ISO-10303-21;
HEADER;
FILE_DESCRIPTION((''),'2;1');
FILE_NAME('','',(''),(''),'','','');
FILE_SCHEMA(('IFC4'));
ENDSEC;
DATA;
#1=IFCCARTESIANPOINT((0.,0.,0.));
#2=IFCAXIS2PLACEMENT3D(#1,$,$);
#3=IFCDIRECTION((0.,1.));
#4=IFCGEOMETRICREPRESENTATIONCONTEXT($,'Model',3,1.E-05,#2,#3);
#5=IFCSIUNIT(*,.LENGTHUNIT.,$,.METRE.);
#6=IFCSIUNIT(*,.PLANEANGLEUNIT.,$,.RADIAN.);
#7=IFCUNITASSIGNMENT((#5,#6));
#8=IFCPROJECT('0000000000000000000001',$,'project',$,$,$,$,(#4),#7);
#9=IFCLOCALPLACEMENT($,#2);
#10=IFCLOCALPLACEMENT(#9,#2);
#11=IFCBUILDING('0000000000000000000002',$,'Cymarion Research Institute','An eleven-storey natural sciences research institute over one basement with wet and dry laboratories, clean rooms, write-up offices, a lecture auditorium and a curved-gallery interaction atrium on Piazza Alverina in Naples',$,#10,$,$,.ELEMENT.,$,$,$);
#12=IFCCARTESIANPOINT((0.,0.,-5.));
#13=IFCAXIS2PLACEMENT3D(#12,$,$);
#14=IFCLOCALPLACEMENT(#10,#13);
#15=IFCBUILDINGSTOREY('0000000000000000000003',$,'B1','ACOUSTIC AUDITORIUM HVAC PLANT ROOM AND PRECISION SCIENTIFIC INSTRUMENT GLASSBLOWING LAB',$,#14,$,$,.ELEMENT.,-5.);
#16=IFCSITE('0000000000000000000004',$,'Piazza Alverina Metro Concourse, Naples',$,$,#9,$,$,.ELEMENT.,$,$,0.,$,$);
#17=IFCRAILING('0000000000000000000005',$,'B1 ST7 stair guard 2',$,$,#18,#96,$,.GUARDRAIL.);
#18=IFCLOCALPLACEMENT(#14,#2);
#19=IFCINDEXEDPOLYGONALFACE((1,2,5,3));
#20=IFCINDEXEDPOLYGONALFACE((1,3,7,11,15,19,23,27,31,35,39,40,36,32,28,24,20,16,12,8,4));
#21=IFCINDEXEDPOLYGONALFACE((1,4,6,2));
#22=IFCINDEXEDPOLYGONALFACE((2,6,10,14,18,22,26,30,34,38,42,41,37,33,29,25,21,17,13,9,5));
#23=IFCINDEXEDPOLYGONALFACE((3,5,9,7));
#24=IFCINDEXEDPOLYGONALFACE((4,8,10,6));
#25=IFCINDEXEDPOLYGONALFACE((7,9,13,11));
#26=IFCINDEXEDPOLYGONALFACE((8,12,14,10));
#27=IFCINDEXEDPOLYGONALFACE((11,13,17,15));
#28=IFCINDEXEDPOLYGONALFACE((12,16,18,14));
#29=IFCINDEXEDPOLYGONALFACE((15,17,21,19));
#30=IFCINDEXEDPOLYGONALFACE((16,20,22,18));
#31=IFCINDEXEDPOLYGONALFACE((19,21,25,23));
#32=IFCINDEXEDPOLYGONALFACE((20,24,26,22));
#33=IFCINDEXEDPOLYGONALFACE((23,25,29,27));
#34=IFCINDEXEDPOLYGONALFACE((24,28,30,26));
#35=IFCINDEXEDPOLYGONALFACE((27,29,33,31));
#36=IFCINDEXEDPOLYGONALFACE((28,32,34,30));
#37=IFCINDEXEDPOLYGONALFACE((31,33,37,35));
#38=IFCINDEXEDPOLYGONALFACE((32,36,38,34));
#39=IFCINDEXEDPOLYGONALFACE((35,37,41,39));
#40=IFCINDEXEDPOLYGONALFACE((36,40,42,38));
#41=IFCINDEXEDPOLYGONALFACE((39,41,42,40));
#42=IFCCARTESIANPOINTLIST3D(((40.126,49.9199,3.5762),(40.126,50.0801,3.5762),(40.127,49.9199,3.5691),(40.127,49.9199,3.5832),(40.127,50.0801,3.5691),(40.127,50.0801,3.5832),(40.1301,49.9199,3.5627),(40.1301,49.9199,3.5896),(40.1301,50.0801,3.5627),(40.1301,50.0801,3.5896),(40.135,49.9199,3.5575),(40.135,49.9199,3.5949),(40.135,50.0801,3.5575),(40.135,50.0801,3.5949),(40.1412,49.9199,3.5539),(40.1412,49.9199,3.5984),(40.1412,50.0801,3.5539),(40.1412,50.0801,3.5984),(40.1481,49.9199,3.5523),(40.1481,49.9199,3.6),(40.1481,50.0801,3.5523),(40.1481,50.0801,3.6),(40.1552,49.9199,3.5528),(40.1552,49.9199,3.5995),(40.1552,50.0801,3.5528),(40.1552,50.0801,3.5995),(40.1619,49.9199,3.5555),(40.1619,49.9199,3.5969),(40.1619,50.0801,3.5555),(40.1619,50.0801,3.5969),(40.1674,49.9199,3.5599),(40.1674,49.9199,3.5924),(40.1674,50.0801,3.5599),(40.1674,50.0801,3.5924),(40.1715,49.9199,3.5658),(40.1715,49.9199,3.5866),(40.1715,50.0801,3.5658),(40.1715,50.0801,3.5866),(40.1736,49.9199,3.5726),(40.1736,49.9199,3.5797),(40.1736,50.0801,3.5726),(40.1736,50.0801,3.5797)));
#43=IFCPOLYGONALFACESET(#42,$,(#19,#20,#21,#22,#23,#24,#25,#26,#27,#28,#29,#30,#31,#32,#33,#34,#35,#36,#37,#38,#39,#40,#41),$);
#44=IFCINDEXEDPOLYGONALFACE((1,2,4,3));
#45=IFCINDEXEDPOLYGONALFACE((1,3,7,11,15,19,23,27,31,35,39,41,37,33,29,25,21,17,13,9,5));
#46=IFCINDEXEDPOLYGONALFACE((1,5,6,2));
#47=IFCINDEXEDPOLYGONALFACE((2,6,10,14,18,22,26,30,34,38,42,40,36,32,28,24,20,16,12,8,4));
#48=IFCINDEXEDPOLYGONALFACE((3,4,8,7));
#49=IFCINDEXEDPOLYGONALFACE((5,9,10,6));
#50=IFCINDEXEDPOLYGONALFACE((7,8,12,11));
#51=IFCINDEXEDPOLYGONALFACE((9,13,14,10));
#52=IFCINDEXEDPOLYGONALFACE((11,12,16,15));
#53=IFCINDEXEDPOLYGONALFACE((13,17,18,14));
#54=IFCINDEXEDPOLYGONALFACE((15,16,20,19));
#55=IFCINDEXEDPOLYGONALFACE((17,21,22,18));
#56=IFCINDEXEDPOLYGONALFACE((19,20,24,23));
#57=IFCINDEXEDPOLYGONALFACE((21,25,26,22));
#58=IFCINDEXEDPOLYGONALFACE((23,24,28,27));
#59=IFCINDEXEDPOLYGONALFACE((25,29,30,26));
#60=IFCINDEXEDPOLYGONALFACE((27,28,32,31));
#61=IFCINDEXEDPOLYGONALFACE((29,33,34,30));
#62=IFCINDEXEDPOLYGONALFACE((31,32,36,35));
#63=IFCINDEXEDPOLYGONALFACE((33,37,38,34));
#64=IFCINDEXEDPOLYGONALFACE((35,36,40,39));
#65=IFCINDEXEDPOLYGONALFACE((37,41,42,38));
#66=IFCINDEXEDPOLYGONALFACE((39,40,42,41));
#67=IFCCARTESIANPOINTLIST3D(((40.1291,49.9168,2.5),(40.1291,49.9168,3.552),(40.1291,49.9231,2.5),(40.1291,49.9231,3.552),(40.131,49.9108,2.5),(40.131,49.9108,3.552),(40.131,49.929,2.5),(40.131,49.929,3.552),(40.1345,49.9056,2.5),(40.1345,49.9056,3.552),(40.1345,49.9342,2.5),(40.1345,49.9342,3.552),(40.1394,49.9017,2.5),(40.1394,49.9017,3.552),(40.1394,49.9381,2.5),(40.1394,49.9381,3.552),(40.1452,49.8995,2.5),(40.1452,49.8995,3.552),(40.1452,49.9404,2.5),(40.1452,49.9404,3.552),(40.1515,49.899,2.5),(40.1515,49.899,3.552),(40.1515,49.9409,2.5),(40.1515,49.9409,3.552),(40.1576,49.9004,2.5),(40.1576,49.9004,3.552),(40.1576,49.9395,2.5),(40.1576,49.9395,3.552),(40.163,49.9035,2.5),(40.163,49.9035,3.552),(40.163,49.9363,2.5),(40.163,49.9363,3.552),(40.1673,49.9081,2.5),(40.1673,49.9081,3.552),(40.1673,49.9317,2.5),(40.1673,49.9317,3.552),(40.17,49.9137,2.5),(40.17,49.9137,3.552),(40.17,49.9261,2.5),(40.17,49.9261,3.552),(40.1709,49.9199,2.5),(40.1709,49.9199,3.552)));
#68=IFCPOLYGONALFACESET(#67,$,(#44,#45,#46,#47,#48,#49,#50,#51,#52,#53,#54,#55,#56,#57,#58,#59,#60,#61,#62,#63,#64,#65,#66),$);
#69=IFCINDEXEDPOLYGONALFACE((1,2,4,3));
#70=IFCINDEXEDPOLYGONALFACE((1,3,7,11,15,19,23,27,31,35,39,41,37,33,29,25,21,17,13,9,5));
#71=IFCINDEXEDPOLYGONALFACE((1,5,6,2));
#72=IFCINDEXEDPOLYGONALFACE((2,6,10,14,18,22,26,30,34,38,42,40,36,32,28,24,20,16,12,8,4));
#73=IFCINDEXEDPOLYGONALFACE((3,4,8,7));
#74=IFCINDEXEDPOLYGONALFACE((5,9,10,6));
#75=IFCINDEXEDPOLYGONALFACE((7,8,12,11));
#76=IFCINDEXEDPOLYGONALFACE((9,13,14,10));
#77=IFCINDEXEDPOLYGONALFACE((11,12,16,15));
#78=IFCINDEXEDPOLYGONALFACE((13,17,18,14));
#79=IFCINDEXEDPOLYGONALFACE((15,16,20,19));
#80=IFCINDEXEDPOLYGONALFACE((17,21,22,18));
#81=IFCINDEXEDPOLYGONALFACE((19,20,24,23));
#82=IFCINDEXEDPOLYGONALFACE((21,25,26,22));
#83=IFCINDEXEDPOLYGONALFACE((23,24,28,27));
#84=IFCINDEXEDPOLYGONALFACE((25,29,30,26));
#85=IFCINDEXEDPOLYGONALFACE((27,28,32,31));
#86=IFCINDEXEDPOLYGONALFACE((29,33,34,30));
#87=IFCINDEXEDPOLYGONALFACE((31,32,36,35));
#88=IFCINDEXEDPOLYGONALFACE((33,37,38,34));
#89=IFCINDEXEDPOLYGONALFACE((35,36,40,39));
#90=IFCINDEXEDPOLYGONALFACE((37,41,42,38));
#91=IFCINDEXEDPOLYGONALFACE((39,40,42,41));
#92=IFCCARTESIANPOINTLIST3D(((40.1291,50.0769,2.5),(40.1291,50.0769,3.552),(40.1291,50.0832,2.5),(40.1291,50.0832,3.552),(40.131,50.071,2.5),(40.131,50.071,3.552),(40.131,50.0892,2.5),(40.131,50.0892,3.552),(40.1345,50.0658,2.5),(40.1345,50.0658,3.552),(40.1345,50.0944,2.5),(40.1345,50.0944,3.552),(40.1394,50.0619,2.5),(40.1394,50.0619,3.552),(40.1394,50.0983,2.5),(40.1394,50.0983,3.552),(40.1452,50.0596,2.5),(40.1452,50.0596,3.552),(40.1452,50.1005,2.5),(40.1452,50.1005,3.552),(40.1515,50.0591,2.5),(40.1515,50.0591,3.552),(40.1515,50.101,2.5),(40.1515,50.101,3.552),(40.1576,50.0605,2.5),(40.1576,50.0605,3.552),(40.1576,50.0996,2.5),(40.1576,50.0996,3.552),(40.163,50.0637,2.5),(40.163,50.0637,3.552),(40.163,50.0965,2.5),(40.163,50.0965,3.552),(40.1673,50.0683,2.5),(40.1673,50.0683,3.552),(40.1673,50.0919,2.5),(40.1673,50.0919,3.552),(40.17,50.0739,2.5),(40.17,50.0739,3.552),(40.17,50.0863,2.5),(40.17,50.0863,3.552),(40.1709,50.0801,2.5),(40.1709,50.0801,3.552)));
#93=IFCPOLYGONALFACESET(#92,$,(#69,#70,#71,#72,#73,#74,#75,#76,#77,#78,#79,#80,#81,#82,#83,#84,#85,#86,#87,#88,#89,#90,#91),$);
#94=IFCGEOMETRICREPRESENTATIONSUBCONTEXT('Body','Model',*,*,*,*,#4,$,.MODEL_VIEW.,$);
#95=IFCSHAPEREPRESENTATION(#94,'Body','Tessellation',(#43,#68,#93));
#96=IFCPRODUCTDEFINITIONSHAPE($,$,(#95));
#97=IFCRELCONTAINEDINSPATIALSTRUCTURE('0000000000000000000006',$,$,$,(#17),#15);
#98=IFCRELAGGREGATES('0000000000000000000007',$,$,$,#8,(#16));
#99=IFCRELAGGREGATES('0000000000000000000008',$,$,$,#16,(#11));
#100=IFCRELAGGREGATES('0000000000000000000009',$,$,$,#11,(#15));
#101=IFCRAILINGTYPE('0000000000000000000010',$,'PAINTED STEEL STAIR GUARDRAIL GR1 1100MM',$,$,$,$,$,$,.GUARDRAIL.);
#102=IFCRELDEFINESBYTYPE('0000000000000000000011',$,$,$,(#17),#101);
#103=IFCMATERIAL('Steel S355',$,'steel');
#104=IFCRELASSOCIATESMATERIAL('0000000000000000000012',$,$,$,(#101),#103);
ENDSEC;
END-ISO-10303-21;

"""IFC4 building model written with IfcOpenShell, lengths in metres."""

from ifc_helpers import new_model, si_unit, direction, frame, origin, origin_2d, place, context, subcontext, project, spatial, circle, extrude, material, type_object, element, save


model = new_model("IFC4")

# Units and contexts
model_context = context("Model", 3, precision=1e-05, world=origin(), true_north=direction((0.0, 1.0)))
body_context = subcontext(model_context, "Body", "Model", "MODEL_VIEW")
ifc_project = project(units=[si_unit("LENGTHUNIT", "METRE"), si_unit("PLANEANGLEUNIT", "RADIAN")], contexts=[model_context])

# Site, building, storey
site_placement = place(None, origin())
site = spatial("IfcSite", under=ifc_project, at=site_placement, Name="Piazza Alverina Metro Concourse, Naples", CompositionType="ELEMENT", RefElevation=0.0)
building_placement = place(site_placement, origin())
building = spatial("IfcBuilding", under=site, at=building_placement, Name="Cymarion Research Institute", Description="An eleven-storey natural sciences research institute over one basement with wet and dry laboratories, clean rooms, write-up offices, a lecture auditorium and a curved-gallery interaction atrium on Piazza Alverina in Naples", CompositionType="ELEMENT")
storey_placement = place(building_placement, frame((0.0, 0.0, -5.0)))
storey = spatial("IfcBuildingStorey", under=building, at=storey_placement, Name="B1", Description="ACOUSTIC AUDITORIUM HVAC PLANT ROOM AND PRECISION SCIENTIFIC INSTRUMENT GLASSBLOWING LAB", CompositionType="ELEMENT", Elevation=-5.0)

# Railing
ifc_material_1 = material(Name="Steel S355", Category="steel")
railing_type_1 = type_object("IfcRailingType", Name="PAINTED STEEL STAIR GUARDRAIL GR1 1100MM", PredefinedType="GUARDRAIL", material=ifc_material_1)
railing_1_placement = place(storey_placement, frame((40.1499, 49.9199, 2.5)))
element("IfcRailing", 1, at=railing_1_placement, inside=storey, type_object=railing_type_1, Name="B1 ST7 stair guard 2", PredefinedType="GUARDRAIL", context=body_context, shape_type="SweptSolid", body=[
    extrude(circle(Radius=0.0239, at=origin_2d()), frame((0.0, 0.0, 1.0762), z_axis=(0.0, 1.0, 0.0), x_axis=(-1.0, 0.0, 0.0)), (0.0, 0.0, 1.0), 0.1602),
    extrude(circle(Radius=0.021, at=origin_2d()), origin(), (0.0, 0.0, 1.0), 1.052),
    extrude(circle(Radius=0.021, at=origin_2d()), frame((0.0, 0.1602, 0.0)), (0.0, 0.0, 1.0), 1.052),
])

save(model, "model.ifc")
